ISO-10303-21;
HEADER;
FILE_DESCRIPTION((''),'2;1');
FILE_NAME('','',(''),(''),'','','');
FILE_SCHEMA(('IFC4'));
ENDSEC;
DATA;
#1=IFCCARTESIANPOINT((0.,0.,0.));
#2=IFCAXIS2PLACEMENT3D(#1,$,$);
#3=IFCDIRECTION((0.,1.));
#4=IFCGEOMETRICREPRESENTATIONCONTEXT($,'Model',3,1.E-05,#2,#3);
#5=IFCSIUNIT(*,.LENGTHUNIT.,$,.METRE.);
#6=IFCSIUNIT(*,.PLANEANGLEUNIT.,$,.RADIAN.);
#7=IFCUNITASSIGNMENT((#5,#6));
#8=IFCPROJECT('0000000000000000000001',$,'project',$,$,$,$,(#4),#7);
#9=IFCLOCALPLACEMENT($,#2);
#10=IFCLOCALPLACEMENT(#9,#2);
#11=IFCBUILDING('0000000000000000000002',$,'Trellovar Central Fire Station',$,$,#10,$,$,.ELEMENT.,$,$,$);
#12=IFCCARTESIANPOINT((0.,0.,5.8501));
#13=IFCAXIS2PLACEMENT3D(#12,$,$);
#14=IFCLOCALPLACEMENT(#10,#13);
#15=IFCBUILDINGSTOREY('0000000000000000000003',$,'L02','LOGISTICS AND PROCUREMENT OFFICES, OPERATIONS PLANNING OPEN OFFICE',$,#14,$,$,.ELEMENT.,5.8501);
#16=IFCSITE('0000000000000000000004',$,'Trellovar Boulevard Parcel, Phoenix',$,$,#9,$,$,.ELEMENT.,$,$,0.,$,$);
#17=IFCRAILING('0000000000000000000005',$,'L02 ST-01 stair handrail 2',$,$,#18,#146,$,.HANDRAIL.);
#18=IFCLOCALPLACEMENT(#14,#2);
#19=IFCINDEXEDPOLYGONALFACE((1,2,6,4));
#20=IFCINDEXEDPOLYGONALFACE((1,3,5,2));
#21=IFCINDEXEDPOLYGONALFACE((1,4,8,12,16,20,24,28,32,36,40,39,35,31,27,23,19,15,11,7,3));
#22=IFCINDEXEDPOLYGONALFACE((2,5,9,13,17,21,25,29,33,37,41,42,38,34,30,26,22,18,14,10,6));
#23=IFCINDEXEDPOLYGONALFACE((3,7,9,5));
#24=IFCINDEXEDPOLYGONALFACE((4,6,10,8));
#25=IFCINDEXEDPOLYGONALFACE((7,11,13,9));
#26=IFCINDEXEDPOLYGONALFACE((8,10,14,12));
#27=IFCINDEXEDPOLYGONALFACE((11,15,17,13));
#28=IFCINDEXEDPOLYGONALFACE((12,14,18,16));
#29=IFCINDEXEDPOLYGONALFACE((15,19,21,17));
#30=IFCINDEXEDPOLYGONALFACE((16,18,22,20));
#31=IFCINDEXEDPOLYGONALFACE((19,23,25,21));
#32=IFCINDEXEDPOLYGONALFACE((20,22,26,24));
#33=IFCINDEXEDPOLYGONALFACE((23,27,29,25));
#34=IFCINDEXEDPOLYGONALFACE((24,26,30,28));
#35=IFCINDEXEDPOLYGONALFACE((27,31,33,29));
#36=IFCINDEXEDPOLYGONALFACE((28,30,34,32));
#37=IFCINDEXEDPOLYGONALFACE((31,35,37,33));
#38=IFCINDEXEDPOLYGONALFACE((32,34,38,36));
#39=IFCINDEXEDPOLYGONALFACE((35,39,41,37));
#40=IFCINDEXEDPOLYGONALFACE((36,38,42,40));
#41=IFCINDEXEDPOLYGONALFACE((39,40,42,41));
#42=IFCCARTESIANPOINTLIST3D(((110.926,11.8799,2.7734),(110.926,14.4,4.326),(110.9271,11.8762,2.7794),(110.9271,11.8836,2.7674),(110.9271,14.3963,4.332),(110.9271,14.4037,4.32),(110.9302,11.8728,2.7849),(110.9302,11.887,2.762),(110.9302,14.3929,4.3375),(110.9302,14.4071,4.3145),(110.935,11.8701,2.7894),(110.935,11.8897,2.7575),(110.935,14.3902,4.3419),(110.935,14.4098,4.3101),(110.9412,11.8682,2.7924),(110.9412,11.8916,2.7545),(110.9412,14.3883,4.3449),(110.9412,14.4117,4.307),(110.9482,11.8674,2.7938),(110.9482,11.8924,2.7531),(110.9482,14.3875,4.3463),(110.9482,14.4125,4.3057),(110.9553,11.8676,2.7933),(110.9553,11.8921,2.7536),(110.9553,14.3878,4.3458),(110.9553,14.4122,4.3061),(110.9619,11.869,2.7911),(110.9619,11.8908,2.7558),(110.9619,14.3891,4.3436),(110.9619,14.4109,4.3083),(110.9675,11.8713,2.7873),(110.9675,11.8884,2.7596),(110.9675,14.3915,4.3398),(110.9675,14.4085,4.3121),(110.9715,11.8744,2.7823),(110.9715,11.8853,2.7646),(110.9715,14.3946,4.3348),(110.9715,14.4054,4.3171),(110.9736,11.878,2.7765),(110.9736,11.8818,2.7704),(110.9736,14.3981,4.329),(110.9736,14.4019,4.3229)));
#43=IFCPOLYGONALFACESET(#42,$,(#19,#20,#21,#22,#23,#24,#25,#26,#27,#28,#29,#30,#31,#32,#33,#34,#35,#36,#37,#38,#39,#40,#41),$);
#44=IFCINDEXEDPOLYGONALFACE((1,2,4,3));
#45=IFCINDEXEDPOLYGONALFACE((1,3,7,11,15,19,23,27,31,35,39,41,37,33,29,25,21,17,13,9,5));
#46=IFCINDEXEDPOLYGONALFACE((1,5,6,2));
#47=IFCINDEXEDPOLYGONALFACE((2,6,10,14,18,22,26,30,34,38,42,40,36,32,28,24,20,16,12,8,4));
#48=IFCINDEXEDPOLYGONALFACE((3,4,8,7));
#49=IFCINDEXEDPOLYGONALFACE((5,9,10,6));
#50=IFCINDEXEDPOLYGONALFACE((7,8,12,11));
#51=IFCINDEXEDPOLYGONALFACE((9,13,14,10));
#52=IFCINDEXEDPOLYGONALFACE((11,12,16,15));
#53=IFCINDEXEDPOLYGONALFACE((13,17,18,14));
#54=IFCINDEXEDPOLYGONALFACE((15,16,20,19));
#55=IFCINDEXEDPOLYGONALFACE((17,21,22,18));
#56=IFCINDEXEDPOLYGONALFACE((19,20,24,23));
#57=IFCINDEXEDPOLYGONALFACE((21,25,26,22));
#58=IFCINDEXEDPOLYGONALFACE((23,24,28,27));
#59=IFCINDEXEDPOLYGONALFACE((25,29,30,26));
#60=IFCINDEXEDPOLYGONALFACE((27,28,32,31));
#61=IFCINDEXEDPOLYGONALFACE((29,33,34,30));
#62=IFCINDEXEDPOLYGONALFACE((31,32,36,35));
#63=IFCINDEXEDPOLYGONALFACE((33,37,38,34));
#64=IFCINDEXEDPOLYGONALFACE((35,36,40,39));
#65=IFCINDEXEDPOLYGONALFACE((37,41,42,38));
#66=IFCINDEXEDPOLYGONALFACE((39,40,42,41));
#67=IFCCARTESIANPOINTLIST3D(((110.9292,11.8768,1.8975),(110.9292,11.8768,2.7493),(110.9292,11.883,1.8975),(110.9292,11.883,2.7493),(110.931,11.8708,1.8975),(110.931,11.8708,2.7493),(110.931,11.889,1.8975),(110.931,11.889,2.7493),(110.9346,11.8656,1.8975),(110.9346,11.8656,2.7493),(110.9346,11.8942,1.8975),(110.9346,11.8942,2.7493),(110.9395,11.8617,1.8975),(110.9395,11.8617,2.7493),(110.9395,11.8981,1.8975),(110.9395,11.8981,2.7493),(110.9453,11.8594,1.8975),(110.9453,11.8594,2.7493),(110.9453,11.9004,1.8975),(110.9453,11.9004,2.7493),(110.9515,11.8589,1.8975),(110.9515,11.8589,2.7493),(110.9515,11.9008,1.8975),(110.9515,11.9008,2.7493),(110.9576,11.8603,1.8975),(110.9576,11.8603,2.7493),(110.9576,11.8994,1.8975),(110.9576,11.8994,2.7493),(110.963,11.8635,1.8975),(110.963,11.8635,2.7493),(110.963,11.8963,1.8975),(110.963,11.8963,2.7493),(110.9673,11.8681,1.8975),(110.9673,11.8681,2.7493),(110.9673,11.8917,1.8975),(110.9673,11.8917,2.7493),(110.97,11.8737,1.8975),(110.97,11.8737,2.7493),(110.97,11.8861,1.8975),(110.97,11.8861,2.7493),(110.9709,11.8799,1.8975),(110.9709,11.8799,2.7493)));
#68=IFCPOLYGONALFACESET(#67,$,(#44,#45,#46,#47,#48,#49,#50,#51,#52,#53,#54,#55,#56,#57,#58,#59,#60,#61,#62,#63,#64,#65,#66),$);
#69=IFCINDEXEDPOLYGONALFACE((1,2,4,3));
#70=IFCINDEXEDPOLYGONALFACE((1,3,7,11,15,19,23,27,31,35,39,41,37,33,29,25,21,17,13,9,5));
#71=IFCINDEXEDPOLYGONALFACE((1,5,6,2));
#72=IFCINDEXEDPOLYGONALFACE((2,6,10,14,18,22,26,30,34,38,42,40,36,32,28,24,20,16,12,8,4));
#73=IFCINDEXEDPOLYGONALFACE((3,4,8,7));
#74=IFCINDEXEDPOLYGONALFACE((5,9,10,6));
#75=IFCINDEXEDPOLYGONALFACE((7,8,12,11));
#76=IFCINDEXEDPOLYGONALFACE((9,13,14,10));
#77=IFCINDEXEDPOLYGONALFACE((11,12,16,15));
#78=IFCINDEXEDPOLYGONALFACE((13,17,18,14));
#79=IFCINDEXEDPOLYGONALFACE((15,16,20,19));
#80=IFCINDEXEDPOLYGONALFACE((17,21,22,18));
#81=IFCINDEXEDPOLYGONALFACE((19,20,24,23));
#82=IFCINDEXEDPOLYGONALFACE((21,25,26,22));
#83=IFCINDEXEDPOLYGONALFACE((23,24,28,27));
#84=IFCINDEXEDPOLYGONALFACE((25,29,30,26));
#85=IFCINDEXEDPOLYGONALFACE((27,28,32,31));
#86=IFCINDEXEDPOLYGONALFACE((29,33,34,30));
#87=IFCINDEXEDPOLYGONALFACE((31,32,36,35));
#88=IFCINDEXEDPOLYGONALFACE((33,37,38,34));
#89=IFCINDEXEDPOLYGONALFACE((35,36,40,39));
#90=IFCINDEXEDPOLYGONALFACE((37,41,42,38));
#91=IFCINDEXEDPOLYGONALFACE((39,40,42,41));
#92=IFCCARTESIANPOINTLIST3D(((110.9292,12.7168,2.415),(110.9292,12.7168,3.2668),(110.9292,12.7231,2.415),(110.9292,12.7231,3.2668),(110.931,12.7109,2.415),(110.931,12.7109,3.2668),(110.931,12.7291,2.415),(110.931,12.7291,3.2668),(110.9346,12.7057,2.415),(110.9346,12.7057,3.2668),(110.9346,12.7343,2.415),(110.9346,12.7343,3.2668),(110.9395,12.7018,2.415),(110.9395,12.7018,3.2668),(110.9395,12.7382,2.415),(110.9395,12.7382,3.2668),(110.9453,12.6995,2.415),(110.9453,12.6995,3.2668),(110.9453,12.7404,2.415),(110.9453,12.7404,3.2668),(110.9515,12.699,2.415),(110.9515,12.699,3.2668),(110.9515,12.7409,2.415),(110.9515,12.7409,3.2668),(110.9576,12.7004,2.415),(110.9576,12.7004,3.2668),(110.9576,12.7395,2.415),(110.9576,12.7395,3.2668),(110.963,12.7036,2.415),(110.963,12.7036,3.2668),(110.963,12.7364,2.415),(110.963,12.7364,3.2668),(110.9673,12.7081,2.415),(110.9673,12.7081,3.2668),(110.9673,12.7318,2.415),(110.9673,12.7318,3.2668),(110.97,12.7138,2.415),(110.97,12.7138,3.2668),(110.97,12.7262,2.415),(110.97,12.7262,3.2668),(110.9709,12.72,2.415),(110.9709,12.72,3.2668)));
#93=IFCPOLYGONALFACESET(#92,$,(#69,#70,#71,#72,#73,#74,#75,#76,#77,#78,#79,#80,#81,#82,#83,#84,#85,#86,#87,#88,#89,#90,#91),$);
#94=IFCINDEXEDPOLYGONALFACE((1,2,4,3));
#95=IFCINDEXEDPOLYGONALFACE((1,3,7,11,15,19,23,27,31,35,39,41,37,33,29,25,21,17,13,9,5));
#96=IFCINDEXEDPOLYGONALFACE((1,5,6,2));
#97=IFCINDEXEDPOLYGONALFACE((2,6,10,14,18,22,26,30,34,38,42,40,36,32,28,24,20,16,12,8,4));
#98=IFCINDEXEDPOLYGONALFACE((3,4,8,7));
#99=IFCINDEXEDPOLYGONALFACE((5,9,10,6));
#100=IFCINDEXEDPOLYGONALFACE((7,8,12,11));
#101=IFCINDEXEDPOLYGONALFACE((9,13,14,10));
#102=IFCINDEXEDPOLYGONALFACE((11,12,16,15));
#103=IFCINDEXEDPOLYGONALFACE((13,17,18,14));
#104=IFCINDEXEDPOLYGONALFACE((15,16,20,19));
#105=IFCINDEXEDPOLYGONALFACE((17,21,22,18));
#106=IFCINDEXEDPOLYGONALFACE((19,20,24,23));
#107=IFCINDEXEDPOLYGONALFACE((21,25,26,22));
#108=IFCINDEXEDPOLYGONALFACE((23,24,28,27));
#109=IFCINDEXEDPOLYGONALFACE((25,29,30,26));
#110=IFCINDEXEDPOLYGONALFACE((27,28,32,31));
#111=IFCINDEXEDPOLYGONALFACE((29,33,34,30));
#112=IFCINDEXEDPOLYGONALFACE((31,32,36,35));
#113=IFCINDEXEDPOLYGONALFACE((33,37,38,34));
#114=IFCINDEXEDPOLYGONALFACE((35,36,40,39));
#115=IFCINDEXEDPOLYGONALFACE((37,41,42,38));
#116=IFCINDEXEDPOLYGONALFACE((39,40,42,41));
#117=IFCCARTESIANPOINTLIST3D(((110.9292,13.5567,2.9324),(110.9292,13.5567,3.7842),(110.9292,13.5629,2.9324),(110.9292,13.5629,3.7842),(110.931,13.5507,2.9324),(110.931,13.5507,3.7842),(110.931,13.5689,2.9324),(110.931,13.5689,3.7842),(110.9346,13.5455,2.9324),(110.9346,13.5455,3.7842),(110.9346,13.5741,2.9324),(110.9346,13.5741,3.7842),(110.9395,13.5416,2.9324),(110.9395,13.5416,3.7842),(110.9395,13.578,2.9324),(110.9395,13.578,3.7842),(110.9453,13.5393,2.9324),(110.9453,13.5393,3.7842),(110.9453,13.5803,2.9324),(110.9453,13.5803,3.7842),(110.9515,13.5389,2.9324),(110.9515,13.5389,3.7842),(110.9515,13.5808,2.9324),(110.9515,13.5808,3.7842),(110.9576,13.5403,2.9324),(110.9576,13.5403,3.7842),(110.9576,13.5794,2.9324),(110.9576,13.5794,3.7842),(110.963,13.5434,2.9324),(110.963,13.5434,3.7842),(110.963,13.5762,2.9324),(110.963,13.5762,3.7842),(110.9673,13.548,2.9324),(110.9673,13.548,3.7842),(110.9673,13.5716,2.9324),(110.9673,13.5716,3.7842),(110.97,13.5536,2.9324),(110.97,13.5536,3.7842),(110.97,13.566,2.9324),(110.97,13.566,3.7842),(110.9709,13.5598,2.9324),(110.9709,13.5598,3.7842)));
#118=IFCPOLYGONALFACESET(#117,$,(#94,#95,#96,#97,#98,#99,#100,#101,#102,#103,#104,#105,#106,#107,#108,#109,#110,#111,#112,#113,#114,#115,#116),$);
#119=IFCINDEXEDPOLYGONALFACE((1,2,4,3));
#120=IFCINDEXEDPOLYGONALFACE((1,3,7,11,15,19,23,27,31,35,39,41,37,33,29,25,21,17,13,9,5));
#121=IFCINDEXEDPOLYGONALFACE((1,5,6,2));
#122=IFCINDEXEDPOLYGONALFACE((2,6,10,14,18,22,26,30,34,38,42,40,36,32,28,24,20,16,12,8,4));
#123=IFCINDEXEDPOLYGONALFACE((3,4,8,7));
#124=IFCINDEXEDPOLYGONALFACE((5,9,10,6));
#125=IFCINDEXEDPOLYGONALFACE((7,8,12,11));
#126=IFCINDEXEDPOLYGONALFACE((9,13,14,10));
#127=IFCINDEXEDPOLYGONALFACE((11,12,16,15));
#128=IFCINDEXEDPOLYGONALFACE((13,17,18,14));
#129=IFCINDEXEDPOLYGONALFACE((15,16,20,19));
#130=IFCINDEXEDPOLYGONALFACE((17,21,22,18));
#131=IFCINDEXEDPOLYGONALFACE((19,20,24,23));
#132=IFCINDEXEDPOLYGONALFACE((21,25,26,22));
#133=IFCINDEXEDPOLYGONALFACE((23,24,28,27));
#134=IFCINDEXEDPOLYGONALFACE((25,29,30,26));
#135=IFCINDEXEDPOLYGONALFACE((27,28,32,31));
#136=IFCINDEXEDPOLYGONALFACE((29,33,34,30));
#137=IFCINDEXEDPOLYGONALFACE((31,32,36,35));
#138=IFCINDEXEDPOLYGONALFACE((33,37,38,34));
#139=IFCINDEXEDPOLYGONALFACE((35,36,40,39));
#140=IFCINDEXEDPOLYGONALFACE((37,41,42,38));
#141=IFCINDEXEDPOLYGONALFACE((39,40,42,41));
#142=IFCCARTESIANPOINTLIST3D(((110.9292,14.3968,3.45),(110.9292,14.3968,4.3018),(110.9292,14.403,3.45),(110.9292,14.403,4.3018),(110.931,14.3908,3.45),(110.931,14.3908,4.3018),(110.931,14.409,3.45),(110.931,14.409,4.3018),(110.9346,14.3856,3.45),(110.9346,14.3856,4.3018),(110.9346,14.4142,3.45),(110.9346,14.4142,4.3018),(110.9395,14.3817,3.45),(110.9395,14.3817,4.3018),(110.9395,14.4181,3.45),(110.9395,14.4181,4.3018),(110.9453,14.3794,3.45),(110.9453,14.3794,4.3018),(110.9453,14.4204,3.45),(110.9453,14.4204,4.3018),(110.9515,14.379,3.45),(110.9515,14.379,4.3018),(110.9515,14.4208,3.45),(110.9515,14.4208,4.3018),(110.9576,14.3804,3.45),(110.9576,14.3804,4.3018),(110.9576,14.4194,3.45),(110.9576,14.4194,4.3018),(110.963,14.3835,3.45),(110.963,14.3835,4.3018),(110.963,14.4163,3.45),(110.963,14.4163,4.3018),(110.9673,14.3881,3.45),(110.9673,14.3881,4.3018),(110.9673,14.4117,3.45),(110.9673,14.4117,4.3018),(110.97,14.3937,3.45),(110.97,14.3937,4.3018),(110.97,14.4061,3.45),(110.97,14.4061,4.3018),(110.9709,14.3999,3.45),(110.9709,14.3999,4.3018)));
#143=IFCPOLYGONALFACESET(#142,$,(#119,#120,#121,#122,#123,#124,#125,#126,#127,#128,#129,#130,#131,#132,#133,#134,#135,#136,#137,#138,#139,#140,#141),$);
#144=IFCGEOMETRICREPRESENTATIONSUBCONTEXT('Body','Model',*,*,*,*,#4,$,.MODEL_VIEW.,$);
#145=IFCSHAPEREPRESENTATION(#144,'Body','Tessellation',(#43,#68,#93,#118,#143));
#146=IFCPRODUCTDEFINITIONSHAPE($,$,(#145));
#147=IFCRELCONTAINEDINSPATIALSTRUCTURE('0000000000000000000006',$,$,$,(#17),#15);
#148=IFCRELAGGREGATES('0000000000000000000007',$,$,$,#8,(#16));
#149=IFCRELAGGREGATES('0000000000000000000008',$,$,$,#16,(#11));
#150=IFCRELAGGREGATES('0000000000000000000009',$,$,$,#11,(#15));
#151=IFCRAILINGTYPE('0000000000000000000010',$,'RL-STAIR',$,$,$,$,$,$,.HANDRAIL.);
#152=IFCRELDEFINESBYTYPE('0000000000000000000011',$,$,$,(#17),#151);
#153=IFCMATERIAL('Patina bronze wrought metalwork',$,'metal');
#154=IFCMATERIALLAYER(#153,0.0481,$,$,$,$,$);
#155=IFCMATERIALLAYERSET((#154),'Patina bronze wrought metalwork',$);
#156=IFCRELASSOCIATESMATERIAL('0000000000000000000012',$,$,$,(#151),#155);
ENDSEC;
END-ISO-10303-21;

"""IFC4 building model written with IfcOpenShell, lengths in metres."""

from ifc_helpers import new_model, si_unit, direction, frame, origin, origin_2d, place, context, subcontext, project, spatial, circle, extrude, material, layer, layer_set, type_object, element, save


model = new_model("IFC4")

# Units and contexts
model_context = context("Model", 3, precision=1e-05, world=origin(), true_north=direction((0.0, 1.0)))
body_context = subcontext(model_context, "Body", "Model", "MODEL_VIEW")
ifc_project = project(units=[si_unit("LENGTHUNIT", "METRE"), si_unit("PLANEANGLEUNIT", "RADIAN")], contexts=[model_context])

# Site, building, storey
site_placement = place(None, origin())
site = spatial("IfcSite", under=ifc_project, at=site_placement, Name="Trellovar Boulevard Parcel, Phoenix", CompositionType="ELEMENT", RefElevation=0.0)
building_placement = place(site_placement, origin())
building = spatial("IfcBuilding", under=site, at=building_placement, Name="Trellovar Central Fire Station", CompositionType="ELEMENT")
storey_placement = place(building_placement, frame((0.0, 0.0, 5.8501)))
storey = spatial("IfcBuildingStorey", under=building, at=storey_placement, Name="L02", Description="LOGISTICS AND PROCUREMENT OFFICES, OPERATIONS PLANNING OPEN OFFICE", CompositionType="ELEMENT", Elevation=5.8501)

# Railing
ifc_material_1 = material(Name="Patina bronze wrought metalwork", Category="metal")
ifc_layer_1 = layer(ifc_material_1, 0.0481)
ifc_layer_set_1 = layer_set([ifc_layer_1], Name="Patina bronze wrought metalwork")
railing_type_1 = type_object("IfcRailingType", Name="RL-STAIR", PredefinedType="HANDRAIL", material=ifc_layer_set_1)
railing_1_placement = place(storey_placement, frame((110.95, 11.8799, 1.8975)))
element("IfcRailing", 1, at=railing_1_placement, inside=storey, type_object=railing_type_1, Name="L02 ST-01 stair handrail 2", PredefinedType="HANDRAIL", context=body_context, shape_type="SweptSolid", body=[
    extrude(circle(Radius=0.0239, at=origin_2d()), frame((0.0, 0.0, 0.876), z_axis=(0.0, 0.8514, 0.524516), x_axis=(-1.0, 0.0, 0.0)), (0.0, 0.0, 1.0), 2.96),
    extrude(circle(Radius=0.021, at=origin_2d()), origin(), (0.0, 0.0, 1.0), 0.8518),
    extrude(circle(Radius=0.021, at=origin_2d()), frame((0.0, 0.8401, 0.5176)), (0.0, 0.0, 1.0), 0.8518),
    extrude(circle(Radius=0.021, at=origin_2d()), frame((0.0, 1.6799, 1.0349)), (0.0, 0.0, 1.0), 0.8518),
    extrude(circle(Radius=0.021, at=origin_2d()), frame((0.0, 2.52, 1.5525)), (0.0, 0.0, 1.0), 0.8518),
])

save(model, "model.ifc")
